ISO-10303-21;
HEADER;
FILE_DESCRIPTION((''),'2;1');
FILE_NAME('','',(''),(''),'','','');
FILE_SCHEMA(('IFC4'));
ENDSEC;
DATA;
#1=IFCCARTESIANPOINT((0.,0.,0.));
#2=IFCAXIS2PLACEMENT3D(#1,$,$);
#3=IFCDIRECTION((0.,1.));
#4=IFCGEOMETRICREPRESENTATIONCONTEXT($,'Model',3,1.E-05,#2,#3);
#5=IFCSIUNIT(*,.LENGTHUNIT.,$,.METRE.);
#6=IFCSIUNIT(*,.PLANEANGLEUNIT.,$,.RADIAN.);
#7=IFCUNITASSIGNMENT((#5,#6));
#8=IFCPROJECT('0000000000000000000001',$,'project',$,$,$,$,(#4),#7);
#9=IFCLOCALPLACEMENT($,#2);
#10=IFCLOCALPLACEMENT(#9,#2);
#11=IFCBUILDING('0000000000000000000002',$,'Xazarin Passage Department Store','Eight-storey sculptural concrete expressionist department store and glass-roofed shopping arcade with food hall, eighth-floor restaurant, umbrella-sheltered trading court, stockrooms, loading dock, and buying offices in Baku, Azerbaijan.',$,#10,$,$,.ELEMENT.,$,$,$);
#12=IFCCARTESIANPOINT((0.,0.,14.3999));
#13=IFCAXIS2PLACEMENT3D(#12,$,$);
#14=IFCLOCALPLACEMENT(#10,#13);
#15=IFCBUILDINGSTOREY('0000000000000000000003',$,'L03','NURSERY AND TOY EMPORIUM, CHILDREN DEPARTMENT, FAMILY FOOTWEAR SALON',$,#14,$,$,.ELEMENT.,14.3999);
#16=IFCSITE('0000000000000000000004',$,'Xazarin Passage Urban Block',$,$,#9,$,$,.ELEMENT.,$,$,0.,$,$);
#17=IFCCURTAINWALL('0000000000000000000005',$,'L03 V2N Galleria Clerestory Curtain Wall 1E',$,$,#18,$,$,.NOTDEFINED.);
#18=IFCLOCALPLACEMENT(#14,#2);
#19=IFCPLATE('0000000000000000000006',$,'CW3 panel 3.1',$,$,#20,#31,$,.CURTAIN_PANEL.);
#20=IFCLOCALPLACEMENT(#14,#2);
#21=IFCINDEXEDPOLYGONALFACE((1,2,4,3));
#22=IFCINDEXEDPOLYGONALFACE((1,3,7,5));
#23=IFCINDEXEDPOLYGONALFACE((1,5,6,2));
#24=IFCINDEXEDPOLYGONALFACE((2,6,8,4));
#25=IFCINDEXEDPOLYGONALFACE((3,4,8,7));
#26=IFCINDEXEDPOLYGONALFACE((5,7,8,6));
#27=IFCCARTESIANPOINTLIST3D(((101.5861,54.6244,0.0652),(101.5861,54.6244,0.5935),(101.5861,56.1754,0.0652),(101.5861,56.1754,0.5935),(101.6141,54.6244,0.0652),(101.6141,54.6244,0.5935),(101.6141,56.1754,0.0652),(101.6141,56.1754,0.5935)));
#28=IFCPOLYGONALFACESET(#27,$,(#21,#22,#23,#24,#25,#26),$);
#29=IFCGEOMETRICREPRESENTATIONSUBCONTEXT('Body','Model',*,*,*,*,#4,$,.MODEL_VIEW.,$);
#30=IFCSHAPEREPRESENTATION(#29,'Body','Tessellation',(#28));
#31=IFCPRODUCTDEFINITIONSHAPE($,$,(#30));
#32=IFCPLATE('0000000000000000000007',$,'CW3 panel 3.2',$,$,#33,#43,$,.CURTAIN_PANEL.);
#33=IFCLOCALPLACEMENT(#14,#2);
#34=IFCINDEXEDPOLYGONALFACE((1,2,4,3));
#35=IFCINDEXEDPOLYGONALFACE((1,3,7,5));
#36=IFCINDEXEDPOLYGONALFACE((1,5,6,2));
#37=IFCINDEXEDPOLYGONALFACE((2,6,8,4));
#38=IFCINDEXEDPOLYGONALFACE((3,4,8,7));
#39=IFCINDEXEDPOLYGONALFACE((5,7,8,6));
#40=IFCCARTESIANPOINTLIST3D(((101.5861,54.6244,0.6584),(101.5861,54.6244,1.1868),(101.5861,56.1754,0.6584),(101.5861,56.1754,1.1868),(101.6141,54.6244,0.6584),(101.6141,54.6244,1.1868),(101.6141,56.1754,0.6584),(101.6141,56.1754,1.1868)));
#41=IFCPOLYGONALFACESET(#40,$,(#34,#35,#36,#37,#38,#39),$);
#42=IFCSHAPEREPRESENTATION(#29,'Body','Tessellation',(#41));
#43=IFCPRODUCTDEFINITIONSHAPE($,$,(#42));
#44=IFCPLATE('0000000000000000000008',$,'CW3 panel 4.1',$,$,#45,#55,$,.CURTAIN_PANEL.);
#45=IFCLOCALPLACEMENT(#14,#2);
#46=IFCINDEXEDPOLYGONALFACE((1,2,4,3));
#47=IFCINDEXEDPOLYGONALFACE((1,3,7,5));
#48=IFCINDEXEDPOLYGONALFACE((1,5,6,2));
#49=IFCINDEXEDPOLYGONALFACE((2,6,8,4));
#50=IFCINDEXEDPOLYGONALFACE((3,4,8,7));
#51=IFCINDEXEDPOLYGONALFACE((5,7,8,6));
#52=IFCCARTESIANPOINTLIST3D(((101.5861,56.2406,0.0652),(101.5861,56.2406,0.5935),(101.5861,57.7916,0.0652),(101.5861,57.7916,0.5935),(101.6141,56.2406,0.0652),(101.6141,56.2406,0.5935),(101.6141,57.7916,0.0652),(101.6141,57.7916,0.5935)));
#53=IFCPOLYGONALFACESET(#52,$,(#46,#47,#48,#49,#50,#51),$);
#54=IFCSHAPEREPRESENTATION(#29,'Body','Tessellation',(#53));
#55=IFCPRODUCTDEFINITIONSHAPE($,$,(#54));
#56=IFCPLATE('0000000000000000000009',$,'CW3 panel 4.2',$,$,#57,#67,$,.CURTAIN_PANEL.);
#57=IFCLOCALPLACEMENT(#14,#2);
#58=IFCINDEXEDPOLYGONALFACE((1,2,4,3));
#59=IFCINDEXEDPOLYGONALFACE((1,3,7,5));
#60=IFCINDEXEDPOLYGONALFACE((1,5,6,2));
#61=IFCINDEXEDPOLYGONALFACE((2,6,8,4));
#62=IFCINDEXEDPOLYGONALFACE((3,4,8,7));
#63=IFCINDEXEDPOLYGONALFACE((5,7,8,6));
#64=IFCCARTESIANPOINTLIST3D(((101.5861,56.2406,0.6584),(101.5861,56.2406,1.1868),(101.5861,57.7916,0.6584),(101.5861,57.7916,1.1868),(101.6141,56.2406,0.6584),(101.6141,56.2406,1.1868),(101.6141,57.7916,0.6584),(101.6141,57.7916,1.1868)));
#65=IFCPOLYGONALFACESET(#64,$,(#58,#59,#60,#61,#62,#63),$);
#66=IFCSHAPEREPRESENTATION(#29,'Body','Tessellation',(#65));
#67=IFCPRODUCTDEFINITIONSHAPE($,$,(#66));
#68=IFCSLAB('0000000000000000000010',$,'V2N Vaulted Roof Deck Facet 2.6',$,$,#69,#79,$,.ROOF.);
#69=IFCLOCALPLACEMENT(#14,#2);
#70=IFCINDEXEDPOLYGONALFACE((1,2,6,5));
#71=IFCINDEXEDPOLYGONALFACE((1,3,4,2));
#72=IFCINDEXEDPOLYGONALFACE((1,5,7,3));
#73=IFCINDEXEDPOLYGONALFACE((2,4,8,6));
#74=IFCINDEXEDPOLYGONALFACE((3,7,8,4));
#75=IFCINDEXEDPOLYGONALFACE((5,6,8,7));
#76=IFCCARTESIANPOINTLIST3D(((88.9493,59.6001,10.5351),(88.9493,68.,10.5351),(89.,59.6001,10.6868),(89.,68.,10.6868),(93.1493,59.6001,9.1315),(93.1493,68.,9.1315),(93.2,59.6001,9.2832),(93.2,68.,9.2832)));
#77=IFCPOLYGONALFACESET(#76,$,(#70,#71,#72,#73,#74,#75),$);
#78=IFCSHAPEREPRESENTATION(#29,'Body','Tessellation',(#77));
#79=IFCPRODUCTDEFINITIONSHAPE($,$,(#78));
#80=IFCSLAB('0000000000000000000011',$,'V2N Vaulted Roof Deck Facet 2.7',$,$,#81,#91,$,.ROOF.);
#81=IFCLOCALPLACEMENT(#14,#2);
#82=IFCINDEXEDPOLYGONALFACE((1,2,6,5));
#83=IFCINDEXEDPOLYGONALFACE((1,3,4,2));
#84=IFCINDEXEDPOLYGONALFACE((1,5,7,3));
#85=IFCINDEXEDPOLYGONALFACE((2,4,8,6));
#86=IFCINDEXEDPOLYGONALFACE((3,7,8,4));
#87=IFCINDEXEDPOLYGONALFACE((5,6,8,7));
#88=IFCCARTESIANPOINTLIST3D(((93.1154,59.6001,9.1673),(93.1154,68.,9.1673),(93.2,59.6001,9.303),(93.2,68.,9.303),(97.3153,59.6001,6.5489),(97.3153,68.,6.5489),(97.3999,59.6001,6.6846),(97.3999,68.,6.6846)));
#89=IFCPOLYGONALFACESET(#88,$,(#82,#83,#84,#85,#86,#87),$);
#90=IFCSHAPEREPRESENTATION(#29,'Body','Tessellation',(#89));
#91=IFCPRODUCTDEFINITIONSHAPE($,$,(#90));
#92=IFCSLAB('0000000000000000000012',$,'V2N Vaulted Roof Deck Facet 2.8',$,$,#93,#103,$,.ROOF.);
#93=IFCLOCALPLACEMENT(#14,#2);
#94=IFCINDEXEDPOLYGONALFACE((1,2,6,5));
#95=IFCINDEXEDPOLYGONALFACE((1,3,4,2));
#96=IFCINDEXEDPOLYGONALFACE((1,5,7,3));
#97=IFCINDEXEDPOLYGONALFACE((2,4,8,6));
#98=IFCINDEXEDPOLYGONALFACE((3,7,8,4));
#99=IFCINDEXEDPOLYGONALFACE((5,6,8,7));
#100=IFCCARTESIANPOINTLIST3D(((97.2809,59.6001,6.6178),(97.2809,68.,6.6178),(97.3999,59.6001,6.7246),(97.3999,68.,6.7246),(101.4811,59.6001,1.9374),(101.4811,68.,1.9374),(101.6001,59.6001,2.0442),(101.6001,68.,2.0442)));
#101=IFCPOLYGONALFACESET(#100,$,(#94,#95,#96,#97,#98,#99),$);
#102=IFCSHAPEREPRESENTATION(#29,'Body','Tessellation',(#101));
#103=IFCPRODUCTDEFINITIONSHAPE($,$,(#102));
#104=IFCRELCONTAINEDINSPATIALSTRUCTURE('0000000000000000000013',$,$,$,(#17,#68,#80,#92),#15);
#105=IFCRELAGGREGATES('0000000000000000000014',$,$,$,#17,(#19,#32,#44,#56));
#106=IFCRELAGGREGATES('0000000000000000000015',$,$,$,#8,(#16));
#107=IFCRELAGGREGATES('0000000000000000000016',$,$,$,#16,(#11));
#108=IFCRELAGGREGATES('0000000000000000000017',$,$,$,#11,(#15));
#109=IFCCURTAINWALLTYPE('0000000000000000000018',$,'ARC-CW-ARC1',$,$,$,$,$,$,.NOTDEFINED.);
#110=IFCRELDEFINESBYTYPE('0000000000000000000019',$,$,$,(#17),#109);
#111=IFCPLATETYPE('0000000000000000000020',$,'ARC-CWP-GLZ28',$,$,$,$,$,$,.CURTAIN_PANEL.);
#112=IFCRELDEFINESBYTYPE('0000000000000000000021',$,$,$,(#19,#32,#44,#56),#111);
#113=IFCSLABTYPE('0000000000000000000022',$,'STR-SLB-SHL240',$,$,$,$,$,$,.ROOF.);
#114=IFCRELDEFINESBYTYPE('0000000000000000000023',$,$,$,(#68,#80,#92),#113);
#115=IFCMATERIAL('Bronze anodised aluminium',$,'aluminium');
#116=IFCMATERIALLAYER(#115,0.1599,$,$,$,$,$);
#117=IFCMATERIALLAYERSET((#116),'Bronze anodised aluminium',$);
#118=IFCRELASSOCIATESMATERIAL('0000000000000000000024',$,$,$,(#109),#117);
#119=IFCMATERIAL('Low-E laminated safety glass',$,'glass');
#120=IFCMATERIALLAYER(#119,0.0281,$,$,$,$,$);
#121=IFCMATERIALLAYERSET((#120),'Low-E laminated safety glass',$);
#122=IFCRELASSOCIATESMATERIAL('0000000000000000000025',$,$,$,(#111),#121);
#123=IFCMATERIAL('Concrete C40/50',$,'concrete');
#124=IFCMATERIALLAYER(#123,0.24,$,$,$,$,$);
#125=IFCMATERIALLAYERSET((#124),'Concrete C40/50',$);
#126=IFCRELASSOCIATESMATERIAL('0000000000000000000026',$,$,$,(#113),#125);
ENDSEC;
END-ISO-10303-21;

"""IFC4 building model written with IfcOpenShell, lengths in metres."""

from ifc_helpers import new_model, si_unit, direction, frame, origin, origin_2d, place, context, subcontext, project, spatial, polyline, rectangle, outline, extrude, material, layer, layer_set, type_object, element, aggregate, save


model = new_model("IFC4")

# Units and contexts
model_context = context("Model", 3, precision=1e-05, world=origin(), true_north=direction((0.0, 1.0)))
body_context = subcontext(model_context, "Body", "Model", "MODEL_VIEW")
ifc_project = project(units=[si_unit("LENGTHUNIT", "METRE"), si_unit("PLANEANGLEUNIT", "RADIAN")], contexts=[model_context])

# Site, building, storey
site_placement = place(None, origin())
site = spatial("IfcSite", under=ifc_project, at=site_placement, Name="Xazarin Passage Urban Block", CompositionType="ELEMENT", RefElevation=0.0)
building_placement = place(site_placement, origin())
building = spatial("IfcBuilding", under=site, at=building_placement, Name="Xazarin Passage Department Store", Description="Eight-storey sculptural concrete expressionist department store and glass-roofed shopping arcade with food hall, eighth-floor restaurant, umbrella-sheltered trading court, stockrooms, loading dock, and buying offices in Baku, Azerbaijan.", CompositionType="ELEMENT")
storey_placement = place(building_placement, frame((0.0, 0.0, 14.3999)))
storey = spatial("IfcBuildingStorey", under=building, at=storey_placement, Name="L03", Description="NURSERY AND TOY EMPORIUM, CHILDREN DEPARTMENT, FAMILY FOOTWEAR SALON", CompositionType="ELEMENT", Elevation=14.3999)

# Curtain wall
ifc_material_1 = material(Name="Bronze anodised aluminium", Category="aluminium")
ifc_layer_1 = layer(ifc_material_1, 0.1599)
ifc_layer_set_1 = layer_set([ifc_layer_1], Name="Bronze anodised aluminium")
curtain_wall_type = type_object("IfcCurtainWallType", Name="ARC-CW-ARC1", PredefinedType="NOTDEFINED", material=ifc_layer_set_1)
curtain_wall_placement = place(storey_placement, origin())
curtain_wall = element("IfcCurtainWall", 1, at=curtain_wall_placement, inside=storey, type_object=curtain_wall_type, Name="L03 V2N Galleria Clerestory Curtain Wall 1E", PredefinedType="NOTDEFINED")

# Plates
ifc_material_2 = material(Name="Low-E laminated safety glass", Category="glass")
ifc_layer_2 = layer(ifc_material_2, 0.0281)
ifc_layer_set_2 = layer_set([ifc_layer_2], Name="Low-E laminated safety glass")
plate_type = type_object("IfcPlateType", Name="ARC-CWP-GLZ28", PredefinedType="CURTAIN_PANEL", material=ifc_layer_set_2)
plate_1_placement = place(storey_placement, frame((101.6001, 55.3999, 0.0652), z_axis=(0.0, 0.0, 1.0), x_axis=(0.0, 1.0, 0.0)))
plate_1 = element("IfcPlate", 2, at=plate_1_placement, type_object=plate_type, Name="CW3 panel 3.1", PredefinedType="CURTAIN_PANEL", context=body_context, shape_type="SweptSolid", body=[
    extrude(rectangle(XDim=1.551, YDim=0.0281, at=origin_2d()), origin(), (0.0, 0.0, 1.0), 0.5283),
])
plate_2_placement = place(storey_placement, frame((101.6001, 55.3999, 0.6584), z_axis=(0.0, 0.0, 1.0), x_axis=(0.0, 1.0, 0.0)))
plate_2 = element("IfcPlate", 3, at=plate_2_placement, type_object=plate_type, Name="CW3 panel 3.2", PredefinedType="CURTAIN_PANEL", context=body_context, shape_type="SweptSolid", body=[
    extrude(rectangle(XDim=1.551, YDim=0.0281, at=origin_2d()), origin(), (0.0, 0.0, 1.0), 0.5283),
])
plate_3_placement = place(storey_placement, frame((101.6001, 57.0161, 0.0652), z_axis=(0.0, 0.0, 1.0), x_axis=(0.0, 1.0, 0.0)))
plate_3 = element("IfcPlate", 4, at=plate_3_placement, type_object=plate_type, Name="CW3 panel 4.1", PredefinedType="CURTAIN_PANEL", context=body_context, shape_type="SweptSolid", body=[
    extrude(rectangle(XDim=1.551, YDim=0.0281, at=origin_2d()), origin(), (0.0, 0.0, 1.0), 0.5283),
])
plate_4_placement = place(storey_placement, frame((101.6001, 57.0161, 0.6584), z_axis=(0.0, 0.0, 1.0), x_axis=(0.0, 1.0, 0.0)))
plate_4 = element("IfcPlate", 5, at=plate_4_placement, type_object=plate_type, Name="CW3 panel 4.2", PredefinedType="CURTAIN_PANEL", context=body_context, shape_type="SweptSolid", body=[
    extrude(rectangle(XDim=1.551, YDim=0.0281, at=origin_2d()), origin(), (0.0, 0.0, 1.0), 0.5283),
])
aggregate(curtain_wall, [plate_1, plate_2, plate_3, plate_4])

# Slabs
ifc_material_3 = material(Name="Concrete C40/50", Category="concrete")
ifc_layer_3 = layer(ifc_material_3, 0.24)
ifc_layer_set_3 = layer_set([ifc_layer_3], Name="Concrete C40/50")
slab_type = type_object("IfcSlabType", Name="STR-SLB-SHL240", PredefinedType="ROOF", material=ifc_layer_set_3)
slab_1_placement = place(storey_placement, frame((89.0, 59.6001, 10.6868), z_axis=(0.316955, 0.0, 0.94844), x_axis=(0.94844, 0.0, -0.316955)))
element("IfcSlab", 6, at=slab_1_placement, inside=storey, type_object=slab_type, Name="V2N Vaulted Roof Deck Facet 2.6", PredefinedType="ROOF", context=body_context, shape_type="SweptSolid", body=[
    extrude(outline(polyline([(0.0, 0.0), (4.4283, 0.0), (4.4283, 8.3999), (0.0, 8.3999), (0.0, 0.0)])), origin(), (0.0, 0.0, -1.0), 0.1599),
])
slab_2_placement = place(storey_placement, frame((93.2, 59.6001, 9.303), z_axis=(0.529045, 0.0, 0.848594), x_axis=(0.848594, 0.0, -0.529045)))
element("IfcSlab", 7, at=slab_2_placement, inside=storey, type_object=slab_type, Name="V2N Vaulted Roof Deck Facet 2.7", PredefinedType="ROOF", context=body_context, shape_type="SweptSolid", body=[
    extrude(outline(polyline([(0.0, 0.0), (4.9493, 0.0), (4.9493, 8.3999), (0.0, 8.3999), (0.0, 0.0)])), origin(), (0.0, 0.0, -1.0), 0.1599),
])
slab_3_placement = place(storey_placement, frame((97.3999, 59.6001, 6.7246), z_axis=(0.744257, 0.0, 0.667894), x_axis=(0.667894, 0.0, -0.744257)))
element("IfcSlab", 8, at=slab_3_placement, inside=storey, type_object=slab_type, Name="V2N Vaulted Roof Deck Facet 2.8", PredefinedType="ROOF", context=body_context, shape_type="SweptSolid", body=[
    extrude(outline(polyline([(0.0, 0.0), (6.2887, 0.0), (6.2887, 8.3999), (0.0, 8.3999), (0.0, 0.0)])), origin(), (0.0, 0.0, -1.0), 0.1599),
])

save(model, "model.ifc")
